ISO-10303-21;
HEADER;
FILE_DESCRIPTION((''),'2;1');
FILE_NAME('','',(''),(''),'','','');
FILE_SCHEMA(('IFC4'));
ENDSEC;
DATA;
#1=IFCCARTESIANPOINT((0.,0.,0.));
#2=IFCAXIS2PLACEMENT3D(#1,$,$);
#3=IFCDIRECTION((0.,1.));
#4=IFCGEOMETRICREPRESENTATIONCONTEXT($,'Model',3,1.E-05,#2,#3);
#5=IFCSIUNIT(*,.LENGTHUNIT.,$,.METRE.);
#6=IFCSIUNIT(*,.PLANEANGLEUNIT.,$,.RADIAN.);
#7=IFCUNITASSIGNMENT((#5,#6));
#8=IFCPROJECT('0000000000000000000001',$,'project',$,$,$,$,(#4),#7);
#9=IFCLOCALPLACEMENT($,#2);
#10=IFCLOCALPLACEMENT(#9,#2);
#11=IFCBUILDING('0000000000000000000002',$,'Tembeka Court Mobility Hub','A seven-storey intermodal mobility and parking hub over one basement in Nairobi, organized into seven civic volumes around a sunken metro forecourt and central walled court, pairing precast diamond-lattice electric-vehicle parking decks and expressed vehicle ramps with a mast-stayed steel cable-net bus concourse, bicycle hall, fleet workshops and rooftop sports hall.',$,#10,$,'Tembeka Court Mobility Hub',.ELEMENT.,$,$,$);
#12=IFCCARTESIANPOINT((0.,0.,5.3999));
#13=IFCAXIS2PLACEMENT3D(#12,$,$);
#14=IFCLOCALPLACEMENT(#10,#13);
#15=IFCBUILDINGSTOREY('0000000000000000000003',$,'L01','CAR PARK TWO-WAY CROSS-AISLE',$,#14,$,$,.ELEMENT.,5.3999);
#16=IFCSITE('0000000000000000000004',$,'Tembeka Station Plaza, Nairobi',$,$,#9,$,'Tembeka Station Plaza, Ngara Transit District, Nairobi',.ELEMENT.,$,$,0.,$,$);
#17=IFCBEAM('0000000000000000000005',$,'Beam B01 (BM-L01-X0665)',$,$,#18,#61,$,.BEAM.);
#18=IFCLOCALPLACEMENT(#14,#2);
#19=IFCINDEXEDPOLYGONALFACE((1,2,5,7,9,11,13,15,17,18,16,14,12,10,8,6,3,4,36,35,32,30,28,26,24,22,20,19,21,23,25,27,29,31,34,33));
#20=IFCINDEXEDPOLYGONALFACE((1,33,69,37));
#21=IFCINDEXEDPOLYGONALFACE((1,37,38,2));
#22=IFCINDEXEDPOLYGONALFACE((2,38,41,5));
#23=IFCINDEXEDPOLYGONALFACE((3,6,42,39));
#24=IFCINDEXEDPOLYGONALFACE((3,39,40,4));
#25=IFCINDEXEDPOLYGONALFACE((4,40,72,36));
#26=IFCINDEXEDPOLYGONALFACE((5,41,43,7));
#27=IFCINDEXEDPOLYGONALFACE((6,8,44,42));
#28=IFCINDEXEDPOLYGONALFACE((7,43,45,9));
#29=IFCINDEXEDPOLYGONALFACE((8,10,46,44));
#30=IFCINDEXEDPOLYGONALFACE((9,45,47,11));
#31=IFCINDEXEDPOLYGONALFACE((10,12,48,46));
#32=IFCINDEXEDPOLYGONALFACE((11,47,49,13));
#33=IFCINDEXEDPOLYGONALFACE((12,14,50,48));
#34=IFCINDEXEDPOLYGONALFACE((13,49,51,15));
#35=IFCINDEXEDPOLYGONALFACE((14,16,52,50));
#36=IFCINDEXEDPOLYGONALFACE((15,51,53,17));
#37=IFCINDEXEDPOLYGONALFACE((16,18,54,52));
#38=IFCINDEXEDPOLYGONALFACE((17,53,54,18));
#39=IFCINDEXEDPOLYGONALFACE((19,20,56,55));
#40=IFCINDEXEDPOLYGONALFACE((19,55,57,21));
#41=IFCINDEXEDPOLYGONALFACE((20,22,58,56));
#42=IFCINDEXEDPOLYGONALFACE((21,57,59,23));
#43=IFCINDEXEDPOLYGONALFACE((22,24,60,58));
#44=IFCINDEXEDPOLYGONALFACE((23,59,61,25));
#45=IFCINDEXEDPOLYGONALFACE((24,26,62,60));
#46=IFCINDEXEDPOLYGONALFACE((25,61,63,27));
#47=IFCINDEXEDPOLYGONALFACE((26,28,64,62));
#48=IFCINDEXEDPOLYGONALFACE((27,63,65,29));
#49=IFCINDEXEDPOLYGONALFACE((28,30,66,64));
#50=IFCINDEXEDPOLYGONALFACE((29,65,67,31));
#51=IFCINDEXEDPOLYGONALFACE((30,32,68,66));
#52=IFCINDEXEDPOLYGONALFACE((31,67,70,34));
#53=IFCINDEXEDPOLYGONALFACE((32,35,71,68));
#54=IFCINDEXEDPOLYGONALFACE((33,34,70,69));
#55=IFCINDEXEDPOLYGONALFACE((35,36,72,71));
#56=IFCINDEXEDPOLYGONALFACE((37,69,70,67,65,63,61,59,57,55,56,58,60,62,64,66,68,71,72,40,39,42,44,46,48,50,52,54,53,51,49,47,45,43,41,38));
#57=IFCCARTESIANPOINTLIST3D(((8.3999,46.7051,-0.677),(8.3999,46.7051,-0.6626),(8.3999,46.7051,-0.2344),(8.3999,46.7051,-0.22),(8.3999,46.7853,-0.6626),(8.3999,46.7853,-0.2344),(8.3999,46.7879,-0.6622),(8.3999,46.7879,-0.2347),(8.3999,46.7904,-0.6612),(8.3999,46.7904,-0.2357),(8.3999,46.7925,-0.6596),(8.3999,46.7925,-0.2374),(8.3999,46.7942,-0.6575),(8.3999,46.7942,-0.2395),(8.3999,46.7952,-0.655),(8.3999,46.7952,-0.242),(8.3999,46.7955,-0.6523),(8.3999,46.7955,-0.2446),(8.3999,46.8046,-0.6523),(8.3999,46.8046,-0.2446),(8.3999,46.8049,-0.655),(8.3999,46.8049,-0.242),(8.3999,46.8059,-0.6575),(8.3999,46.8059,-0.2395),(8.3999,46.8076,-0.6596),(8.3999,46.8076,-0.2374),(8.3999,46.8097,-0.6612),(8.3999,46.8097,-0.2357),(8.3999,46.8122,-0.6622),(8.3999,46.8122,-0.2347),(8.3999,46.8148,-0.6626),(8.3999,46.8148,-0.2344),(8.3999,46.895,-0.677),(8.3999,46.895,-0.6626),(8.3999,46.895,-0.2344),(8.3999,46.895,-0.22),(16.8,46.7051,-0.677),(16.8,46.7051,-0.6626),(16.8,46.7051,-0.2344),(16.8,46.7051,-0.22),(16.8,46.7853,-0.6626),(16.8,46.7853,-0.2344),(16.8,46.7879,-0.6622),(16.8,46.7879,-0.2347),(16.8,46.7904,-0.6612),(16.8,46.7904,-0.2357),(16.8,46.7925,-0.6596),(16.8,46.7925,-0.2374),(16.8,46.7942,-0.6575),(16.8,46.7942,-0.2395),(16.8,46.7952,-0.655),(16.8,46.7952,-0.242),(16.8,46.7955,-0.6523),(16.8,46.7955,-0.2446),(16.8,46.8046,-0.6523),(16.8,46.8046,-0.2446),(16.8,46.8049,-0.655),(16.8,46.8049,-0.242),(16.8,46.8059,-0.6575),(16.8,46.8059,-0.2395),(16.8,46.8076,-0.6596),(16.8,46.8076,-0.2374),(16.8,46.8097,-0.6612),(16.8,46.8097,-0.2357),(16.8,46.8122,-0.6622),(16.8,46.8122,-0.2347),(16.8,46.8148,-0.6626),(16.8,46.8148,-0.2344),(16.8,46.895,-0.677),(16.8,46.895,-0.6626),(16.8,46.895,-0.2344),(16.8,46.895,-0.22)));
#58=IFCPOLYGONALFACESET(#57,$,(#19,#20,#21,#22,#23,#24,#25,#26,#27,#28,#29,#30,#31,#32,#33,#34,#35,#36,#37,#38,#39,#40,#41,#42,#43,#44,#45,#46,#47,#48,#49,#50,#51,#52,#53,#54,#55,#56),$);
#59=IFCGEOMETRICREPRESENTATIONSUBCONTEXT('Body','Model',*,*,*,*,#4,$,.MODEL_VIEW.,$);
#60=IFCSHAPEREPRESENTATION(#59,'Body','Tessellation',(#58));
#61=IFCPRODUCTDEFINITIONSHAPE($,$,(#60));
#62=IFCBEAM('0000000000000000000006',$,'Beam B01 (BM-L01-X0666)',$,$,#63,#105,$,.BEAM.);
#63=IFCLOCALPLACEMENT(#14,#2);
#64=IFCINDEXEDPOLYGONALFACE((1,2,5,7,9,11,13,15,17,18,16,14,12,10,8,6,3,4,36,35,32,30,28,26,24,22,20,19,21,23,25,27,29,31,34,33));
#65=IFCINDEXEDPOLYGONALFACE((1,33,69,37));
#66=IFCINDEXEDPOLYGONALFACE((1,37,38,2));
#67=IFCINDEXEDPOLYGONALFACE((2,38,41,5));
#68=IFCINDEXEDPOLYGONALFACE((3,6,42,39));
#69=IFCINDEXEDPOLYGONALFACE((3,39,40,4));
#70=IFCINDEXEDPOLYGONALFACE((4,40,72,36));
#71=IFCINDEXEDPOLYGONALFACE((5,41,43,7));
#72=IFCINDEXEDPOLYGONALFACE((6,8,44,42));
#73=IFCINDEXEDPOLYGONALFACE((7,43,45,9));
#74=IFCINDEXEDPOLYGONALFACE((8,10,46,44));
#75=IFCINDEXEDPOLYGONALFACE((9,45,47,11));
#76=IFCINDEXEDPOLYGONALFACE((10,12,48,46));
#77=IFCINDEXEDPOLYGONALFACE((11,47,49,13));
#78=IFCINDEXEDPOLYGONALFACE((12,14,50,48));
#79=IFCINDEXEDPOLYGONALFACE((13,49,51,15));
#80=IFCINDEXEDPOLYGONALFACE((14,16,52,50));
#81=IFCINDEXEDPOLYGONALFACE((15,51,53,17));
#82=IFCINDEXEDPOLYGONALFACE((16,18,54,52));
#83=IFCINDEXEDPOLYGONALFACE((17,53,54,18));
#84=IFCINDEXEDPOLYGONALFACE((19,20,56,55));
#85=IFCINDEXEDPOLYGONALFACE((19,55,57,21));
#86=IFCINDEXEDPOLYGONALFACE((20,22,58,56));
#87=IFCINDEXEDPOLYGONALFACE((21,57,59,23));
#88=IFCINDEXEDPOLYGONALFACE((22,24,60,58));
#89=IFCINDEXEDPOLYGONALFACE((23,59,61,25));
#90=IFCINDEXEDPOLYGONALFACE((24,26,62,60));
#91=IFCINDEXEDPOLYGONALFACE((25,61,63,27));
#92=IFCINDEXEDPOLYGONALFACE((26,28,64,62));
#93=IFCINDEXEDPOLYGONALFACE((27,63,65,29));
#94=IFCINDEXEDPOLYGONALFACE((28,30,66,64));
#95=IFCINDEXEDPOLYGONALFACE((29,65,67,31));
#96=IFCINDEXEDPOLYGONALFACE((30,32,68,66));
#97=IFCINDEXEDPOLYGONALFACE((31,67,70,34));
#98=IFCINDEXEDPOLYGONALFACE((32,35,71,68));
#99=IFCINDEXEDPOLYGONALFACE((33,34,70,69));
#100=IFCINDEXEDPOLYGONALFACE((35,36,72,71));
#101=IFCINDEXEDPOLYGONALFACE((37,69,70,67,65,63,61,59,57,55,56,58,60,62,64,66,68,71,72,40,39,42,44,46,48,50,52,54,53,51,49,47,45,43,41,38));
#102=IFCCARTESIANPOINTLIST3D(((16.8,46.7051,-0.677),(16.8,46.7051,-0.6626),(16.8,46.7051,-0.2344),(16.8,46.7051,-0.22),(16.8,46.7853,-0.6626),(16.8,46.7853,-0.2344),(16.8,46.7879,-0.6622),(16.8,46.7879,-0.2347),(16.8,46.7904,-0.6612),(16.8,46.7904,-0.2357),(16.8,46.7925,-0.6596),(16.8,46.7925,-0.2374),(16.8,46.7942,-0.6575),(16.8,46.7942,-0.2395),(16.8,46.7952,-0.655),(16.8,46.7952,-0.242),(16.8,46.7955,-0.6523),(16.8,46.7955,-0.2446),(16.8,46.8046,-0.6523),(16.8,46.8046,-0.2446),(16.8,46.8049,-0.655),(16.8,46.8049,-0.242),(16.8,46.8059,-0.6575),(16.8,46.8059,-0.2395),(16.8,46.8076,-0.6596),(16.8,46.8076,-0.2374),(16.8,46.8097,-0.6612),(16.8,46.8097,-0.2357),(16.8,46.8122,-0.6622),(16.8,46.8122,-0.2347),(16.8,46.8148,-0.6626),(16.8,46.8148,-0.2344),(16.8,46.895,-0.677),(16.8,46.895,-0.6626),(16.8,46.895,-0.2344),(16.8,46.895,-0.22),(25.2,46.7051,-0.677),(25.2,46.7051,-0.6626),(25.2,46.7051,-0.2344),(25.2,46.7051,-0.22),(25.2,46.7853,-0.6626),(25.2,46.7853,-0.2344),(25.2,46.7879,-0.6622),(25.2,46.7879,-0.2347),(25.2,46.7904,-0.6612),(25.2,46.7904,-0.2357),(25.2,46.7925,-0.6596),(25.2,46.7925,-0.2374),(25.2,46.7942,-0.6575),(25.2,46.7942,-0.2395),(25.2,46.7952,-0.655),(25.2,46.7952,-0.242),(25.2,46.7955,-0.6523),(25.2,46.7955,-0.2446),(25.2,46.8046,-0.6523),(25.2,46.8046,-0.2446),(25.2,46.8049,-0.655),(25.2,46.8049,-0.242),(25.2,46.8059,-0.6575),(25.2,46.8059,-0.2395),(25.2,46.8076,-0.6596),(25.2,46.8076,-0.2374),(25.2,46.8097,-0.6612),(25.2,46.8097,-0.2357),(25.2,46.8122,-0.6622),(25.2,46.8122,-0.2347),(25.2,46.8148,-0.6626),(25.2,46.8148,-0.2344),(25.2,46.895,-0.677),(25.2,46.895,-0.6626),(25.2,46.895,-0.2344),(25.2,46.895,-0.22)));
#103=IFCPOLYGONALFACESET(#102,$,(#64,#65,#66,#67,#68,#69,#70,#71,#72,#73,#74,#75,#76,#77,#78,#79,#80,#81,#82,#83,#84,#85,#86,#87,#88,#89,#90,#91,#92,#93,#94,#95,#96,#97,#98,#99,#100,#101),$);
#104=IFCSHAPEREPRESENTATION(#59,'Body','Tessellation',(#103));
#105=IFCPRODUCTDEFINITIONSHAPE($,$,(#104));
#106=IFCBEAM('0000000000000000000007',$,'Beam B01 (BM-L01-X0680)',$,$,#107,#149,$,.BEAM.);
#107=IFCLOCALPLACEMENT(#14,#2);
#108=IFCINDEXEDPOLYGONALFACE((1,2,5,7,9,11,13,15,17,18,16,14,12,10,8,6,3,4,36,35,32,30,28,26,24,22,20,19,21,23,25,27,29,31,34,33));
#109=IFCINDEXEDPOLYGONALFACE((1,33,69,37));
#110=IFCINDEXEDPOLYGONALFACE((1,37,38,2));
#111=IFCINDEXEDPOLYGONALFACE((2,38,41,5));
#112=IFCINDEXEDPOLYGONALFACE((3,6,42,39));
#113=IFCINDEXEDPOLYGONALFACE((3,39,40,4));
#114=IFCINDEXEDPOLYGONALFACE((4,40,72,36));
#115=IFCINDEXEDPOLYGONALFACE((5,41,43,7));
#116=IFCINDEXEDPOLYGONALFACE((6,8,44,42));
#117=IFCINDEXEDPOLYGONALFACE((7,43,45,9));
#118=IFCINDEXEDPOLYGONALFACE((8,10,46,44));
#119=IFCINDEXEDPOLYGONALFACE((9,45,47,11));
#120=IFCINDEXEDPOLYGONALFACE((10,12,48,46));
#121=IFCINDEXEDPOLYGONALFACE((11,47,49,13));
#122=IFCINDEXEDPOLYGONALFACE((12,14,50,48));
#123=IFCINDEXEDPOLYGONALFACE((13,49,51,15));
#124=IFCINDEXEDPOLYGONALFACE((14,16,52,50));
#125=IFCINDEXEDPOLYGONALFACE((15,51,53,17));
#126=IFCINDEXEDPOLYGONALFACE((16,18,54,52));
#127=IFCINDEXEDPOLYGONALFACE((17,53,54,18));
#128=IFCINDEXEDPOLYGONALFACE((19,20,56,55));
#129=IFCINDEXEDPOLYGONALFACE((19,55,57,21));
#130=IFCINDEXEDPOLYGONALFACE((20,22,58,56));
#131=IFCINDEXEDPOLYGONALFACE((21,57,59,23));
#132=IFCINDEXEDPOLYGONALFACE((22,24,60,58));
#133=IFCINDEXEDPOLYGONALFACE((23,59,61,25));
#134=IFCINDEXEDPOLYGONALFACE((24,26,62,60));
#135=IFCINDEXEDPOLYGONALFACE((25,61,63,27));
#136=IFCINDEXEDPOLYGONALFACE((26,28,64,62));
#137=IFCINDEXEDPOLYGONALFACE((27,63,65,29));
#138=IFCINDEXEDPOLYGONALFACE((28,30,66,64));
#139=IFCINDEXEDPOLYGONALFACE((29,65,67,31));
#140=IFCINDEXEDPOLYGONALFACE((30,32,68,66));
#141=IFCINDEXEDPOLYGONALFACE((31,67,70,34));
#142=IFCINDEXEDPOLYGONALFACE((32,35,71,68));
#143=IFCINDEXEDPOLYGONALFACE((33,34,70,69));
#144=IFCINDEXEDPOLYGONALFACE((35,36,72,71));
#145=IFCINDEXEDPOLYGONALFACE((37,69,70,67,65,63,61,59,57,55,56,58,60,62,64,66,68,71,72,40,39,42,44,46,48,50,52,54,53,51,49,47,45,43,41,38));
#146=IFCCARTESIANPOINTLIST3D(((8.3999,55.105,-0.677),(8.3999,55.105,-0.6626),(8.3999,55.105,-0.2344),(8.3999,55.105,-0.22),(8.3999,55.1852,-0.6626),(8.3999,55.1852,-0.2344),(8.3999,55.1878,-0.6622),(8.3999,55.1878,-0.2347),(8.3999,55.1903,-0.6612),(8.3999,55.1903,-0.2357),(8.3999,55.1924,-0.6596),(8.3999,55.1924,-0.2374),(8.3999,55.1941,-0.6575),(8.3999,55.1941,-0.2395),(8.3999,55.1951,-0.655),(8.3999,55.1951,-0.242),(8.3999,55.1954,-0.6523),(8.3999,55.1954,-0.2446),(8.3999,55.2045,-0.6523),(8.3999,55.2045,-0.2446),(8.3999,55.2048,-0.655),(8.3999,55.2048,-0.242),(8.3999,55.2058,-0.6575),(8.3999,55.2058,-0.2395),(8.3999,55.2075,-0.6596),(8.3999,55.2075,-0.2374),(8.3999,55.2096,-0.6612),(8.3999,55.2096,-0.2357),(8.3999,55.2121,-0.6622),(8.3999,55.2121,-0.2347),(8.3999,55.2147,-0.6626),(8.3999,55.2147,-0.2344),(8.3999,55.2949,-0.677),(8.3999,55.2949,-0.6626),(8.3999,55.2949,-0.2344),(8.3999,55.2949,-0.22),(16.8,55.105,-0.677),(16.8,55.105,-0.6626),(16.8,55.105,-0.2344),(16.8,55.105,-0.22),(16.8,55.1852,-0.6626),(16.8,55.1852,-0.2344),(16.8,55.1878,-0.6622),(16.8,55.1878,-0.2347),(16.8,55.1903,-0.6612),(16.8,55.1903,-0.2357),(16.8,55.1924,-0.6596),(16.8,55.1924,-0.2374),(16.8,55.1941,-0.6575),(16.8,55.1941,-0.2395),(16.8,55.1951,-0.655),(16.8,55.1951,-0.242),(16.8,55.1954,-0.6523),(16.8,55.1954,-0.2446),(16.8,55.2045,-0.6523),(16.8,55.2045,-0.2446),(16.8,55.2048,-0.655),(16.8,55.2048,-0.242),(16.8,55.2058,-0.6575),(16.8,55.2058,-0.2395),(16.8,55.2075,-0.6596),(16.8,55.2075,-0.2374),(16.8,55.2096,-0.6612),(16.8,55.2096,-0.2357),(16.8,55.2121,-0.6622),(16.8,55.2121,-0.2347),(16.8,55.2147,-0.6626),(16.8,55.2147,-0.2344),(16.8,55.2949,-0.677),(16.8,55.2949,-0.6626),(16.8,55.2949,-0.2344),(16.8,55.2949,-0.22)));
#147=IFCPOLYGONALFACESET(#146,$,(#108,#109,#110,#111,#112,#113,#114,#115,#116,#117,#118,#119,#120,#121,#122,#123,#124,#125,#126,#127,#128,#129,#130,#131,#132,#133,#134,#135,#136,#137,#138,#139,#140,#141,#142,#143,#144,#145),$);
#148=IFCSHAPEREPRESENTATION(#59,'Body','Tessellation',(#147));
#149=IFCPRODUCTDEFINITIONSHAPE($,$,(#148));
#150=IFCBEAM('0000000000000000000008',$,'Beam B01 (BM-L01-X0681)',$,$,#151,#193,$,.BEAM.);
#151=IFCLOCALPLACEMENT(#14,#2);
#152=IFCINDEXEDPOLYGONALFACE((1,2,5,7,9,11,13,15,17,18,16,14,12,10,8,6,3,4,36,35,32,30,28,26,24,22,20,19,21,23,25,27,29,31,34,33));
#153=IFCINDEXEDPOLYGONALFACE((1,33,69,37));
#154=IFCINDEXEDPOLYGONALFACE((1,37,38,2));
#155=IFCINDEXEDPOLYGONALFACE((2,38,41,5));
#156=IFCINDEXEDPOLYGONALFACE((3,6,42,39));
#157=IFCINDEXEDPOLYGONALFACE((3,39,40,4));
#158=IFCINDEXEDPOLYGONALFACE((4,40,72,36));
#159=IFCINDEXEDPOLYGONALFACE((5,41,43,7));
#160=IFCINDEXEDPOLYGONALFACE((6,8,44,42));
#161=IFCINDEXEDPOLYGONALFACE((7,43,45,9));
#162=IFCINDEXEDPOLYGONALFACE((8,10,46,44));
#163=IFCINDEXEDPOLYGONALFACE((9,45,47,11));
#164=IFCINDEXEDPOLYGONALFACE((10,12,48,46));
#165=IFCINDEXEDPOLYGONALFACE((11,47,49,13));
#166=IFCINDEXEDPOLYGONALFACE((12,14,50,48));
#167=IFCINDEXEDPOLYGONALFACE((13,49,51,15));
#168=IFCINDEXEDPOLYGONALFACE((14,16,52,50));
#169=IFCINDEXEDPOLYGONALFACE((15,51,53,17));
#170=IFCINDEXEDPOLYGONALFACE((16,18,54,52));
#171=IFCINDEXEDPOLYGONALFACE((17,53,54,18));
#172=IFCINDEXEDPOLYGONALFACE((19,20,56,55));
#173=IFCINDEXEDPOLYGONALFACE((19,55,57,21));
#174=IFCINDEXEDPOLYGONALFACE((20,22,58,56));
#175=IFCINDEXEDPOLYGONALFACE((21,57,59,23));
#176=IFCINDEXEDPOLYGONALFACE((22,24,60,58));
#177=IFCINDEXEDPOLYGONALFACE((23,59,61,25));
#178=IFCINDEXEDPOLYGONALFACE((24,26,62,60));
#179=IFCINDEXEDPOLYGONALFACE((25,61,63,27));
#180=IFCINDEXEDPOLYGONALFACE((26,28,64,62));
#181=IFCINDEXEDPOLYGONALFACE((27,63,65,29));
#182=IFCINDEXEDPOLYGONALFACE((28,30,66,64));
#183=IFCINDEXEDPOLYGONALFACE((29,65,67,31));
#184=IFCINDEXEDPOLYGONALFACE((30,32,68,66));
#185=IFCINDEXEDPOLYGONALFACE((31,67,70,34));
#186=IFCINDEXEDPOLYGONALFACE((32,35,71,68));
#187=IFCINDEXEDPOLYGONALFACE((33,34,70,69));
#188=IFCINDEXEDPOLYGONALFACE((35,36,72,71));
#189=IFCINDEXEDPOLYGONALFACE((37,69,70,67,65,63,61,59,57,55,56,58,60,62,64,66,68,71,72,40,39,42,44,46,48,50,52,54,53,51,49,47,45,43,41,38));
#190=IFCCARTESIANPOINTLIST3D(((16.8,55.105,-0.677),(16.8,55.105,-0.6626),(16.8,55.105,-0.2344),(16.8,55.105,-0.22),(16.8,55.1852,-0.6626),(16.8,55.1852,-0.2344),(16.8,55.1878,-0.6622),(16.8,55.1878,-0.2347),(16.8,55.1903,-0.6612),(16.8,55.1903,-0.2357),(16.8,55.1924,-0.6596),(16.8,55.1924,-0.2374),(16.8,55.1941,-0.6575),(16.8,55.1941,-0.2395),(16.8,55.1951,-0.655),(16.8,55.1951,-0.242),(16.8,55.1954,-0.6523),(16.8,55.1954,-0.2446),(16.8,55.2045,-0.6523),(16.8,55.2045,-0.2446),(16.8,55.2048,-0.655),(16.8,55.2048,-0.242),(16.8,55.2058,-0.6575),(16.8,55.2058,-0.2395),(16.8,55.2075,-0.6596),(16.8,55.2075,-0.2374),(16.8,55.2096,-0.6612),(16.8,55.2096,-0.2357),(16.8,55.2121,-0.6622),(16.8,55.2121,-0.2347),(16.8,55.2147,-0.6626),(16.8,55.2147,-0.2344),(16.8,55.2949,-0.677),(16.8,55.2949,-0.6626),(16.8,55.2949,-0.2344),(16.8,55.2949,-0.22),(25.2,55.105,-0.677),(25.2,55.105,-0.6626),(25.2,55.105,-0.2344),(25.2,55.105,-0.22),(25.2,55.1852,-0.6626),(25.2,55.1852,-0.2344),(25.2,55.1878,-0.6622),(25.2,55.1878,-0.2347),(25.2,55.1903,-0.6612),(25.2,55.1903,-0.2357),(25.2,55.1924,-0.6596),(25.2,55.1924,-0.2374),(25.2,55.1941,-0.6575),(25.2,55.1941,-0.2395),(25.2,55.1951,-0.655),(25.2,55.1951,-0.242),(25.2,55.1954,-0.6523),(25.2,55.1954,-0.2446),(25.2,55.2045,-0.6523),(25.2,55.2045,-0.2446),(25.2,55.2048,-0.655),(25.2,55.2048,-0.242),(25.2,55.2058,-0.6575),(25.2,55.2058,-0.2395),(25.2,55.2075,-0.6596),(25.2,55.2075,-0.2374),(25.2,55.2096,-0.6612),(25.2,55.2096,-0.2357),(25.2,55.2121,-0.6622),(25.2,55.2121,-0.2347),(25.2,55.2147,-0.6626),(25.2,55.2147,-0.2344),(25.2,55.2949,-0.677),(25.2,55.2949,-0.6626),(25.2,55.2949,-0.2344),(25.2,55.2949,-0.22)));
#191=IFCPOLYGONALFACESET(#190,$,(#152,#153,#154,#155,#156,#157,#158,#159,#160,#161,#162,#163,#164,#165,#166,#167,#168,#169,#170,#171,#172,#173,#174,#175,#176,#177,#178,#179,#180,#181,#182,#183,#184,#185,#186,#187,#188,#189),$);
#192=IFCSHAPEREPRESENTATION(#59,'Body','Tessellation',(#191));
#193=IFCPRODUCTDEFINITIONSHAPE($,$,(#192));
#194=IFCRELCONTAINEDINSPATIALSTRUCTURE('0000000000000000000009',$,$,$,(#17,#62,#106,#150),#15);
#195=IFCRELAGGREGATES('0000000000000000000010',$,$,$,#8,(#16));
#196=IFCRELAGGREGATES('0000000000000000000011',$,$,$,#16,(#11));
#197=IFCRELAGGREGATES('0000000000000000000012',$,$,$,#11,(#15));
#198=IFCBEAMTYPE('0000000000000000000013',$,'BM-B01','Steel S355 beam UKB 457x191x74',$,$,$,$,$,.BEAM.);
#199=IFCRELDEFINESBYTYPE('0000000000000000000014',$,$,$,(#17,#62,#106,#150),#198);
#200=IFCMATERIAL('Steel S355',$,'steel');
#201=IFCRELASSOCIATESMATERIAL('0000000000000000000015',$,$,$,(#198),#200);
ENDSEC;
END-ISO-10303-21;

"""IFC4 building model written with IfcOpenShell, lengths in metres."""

from ifc_helpers import new_model, si_unit, direction, frame, origin, origin_2d, place, context, subcontext, project, spatial, i_section, extrude, material, material_profile, profile_set, type_object, element, save


model = new_model("IFC4")

# Units and contexts
model_context = context("Model", 3, precision=1e-05, world=origin(), true_north=direction((0.0, 1.0)))
body_context = subcontext(model_context, "Body", "Model", "MODEL_VIEW")
ifc_project = project(units=[si_unit("LENGTHUNIT", "METRE"), si_unit("PLANEANGLEUNIT", "RADIAN")], contexts=[model_context])

# Site, building, storey
site_placement = place(None, origin())
site = spatial("IfcSite", under=ifc_project, at=site_placement, Name="Tembeka Station Plaza, Nairobi", LongName="Tembeka Station Plaza, Ngara Transit District, Nairobi", CompositionType="ELEMENT", RefElevation=0.0)
building_placement = place(site_placement, origin())
building = spatial("IfcBuilding", under=site, at=building_placement, Name="Tembeka Court Mobility Hub", Description="A seven-storey intermodal mobility and parking hub over one basement in Nairobi, organized into seven civic volumes around a sunken metro forecourt and central walled court, pairing precast diamond-lattice electric-vehicle parking decks and expressed vehicle ramps with a mast-stayed steel cable-net bus concourse, bicycle hall, fleet workshops and rooftop sports hall.", LongName="Tembeka Court Mobility Hub", CompositionType="ELEMENT")
storey_placement = place(building_placement, frame((0.0, 0.0, 5.3999)))
storey = spatial("IfcBuildingStorey", under=building, at=storey_placement, Name="L01", Description="CAR PARK TWO-WAY CROSS-AISLE", CompositionType="ELEMENT", Elevation=5.3999)

# Shared definitions
ifc_material_1 = material(Name="Steel S355", Category="steel")

# Beams
ifc_material_profile_1 = material_profile(ifc_material_1, i_section(OverallWidth=0.1899, OverallDepth=0.457, WebThickness=0.009, FlangeThickness=0.0144, FilletRadius=0.0103, at=origin_2d()), Name="UKB 457x191x74")
ifc_profile_set_1 = profile_set([ifc_material_profile_1], Name="Steel S355")
beam_type_1 = type_object("IfcBeamType", Name="BM-B01", Description="Steel S355 beam UKB 457x191x74", PredefinedType="BEAM", material=ifc_profile_set_1)
beam_1_placement = place(storey_placement, frame((8.3999, 46.8, -0.4485), z_axis=(1.0, 0.0, 0.0), x_axis=(0.0, 1.0, 0.0)))
element("IfcBeam", 1, at=beam_1_placement, inside=storey, type_object=beam_type_1, Name="Beam B01 (BM-L01-X0665)", PredefinedType="BEAM", context=body_context, shape_type="SweptSolid", body=[
    extrude(i_section(OverallWidth=0.1899, OverallDepth=0.457, WebThickness=0.009, FlangeThickness=0.0144, FilletRadius=0.0103, at=origin_2d()), origin(), (0.0, 0.0, 1.0), 8.4001),
])
beam_2_placement = place(storey_placement, frame((16.8, 46.8, -0.4485), z_axis=(1.0, 0.0, 0.0), x_axis=(0.0, 1.0, 0.0)))
element("IfcBeam", 2, at=beam_2_placement, inside=storey, type_object=beam_type_1, Name="Beam B01 (BM-L01-X0666)", PredefinedType="BEAM", context=body_context, shape_type="SweptSolid", body=[
    extrude(i_section(OverallWidth=0.1899, OverallDepth=0.457, WebThickness=0.009, FlangeThickness=0.0144, FilletRadius=0.0103, at=origin_2d()), origin(), (0.0, 0.0, 1.0), 8.3999),
])
beam_3_placement = place(storey_placement, frame((8.3999, 55.2, -0.4485), z_axis=(1.0, 0.0, 0.0), x_axis=(0.0, 1.0, 0.0)))
element("IfcBeam", 3, at=beam_3_placement, inside=storey, type_object=beam_type_1, Name="Beam B01 (BM-L01-X0680)", PredefinedType="BEAM", context=body_context, shape_type="SweptSolid", body=[
    extrude(i_section(OverallWidth=0.1899, OverallDepth=0.457, WebThickness=0.009, FlangeThickness=0.0144, FilletRadius=0.0103, at=origin_2d()), origin(), (0.0, 0.0, 1.0), 8.4001),
])
beam_4_placement = place(storey_placement, frame((16.8, 55.2, -0.4485), z_axis=(1.0, 0.0, 0.0), x_axis=(0.0, 1.0, 0.0)))
element("IfcBeam", 4, at=beam_4_placement, inside=storey, type_object=beam_type_1, Name="Beam B01 (BM-L01-X0681)", PredefinedType="BEAM", context=body_context, shape_type="SweptSolid", body=[
    extrude(i_section(OverallWidth=0.1899, OverallDepth=0.457, WebThickness=0.009, FlangeThickness=0.0144, FilletRadius=0.0103, at=origin_2d()), origin(), (0.0, 0.0, 1.0), 8.3999),
])

save(model, "model.ifc")
